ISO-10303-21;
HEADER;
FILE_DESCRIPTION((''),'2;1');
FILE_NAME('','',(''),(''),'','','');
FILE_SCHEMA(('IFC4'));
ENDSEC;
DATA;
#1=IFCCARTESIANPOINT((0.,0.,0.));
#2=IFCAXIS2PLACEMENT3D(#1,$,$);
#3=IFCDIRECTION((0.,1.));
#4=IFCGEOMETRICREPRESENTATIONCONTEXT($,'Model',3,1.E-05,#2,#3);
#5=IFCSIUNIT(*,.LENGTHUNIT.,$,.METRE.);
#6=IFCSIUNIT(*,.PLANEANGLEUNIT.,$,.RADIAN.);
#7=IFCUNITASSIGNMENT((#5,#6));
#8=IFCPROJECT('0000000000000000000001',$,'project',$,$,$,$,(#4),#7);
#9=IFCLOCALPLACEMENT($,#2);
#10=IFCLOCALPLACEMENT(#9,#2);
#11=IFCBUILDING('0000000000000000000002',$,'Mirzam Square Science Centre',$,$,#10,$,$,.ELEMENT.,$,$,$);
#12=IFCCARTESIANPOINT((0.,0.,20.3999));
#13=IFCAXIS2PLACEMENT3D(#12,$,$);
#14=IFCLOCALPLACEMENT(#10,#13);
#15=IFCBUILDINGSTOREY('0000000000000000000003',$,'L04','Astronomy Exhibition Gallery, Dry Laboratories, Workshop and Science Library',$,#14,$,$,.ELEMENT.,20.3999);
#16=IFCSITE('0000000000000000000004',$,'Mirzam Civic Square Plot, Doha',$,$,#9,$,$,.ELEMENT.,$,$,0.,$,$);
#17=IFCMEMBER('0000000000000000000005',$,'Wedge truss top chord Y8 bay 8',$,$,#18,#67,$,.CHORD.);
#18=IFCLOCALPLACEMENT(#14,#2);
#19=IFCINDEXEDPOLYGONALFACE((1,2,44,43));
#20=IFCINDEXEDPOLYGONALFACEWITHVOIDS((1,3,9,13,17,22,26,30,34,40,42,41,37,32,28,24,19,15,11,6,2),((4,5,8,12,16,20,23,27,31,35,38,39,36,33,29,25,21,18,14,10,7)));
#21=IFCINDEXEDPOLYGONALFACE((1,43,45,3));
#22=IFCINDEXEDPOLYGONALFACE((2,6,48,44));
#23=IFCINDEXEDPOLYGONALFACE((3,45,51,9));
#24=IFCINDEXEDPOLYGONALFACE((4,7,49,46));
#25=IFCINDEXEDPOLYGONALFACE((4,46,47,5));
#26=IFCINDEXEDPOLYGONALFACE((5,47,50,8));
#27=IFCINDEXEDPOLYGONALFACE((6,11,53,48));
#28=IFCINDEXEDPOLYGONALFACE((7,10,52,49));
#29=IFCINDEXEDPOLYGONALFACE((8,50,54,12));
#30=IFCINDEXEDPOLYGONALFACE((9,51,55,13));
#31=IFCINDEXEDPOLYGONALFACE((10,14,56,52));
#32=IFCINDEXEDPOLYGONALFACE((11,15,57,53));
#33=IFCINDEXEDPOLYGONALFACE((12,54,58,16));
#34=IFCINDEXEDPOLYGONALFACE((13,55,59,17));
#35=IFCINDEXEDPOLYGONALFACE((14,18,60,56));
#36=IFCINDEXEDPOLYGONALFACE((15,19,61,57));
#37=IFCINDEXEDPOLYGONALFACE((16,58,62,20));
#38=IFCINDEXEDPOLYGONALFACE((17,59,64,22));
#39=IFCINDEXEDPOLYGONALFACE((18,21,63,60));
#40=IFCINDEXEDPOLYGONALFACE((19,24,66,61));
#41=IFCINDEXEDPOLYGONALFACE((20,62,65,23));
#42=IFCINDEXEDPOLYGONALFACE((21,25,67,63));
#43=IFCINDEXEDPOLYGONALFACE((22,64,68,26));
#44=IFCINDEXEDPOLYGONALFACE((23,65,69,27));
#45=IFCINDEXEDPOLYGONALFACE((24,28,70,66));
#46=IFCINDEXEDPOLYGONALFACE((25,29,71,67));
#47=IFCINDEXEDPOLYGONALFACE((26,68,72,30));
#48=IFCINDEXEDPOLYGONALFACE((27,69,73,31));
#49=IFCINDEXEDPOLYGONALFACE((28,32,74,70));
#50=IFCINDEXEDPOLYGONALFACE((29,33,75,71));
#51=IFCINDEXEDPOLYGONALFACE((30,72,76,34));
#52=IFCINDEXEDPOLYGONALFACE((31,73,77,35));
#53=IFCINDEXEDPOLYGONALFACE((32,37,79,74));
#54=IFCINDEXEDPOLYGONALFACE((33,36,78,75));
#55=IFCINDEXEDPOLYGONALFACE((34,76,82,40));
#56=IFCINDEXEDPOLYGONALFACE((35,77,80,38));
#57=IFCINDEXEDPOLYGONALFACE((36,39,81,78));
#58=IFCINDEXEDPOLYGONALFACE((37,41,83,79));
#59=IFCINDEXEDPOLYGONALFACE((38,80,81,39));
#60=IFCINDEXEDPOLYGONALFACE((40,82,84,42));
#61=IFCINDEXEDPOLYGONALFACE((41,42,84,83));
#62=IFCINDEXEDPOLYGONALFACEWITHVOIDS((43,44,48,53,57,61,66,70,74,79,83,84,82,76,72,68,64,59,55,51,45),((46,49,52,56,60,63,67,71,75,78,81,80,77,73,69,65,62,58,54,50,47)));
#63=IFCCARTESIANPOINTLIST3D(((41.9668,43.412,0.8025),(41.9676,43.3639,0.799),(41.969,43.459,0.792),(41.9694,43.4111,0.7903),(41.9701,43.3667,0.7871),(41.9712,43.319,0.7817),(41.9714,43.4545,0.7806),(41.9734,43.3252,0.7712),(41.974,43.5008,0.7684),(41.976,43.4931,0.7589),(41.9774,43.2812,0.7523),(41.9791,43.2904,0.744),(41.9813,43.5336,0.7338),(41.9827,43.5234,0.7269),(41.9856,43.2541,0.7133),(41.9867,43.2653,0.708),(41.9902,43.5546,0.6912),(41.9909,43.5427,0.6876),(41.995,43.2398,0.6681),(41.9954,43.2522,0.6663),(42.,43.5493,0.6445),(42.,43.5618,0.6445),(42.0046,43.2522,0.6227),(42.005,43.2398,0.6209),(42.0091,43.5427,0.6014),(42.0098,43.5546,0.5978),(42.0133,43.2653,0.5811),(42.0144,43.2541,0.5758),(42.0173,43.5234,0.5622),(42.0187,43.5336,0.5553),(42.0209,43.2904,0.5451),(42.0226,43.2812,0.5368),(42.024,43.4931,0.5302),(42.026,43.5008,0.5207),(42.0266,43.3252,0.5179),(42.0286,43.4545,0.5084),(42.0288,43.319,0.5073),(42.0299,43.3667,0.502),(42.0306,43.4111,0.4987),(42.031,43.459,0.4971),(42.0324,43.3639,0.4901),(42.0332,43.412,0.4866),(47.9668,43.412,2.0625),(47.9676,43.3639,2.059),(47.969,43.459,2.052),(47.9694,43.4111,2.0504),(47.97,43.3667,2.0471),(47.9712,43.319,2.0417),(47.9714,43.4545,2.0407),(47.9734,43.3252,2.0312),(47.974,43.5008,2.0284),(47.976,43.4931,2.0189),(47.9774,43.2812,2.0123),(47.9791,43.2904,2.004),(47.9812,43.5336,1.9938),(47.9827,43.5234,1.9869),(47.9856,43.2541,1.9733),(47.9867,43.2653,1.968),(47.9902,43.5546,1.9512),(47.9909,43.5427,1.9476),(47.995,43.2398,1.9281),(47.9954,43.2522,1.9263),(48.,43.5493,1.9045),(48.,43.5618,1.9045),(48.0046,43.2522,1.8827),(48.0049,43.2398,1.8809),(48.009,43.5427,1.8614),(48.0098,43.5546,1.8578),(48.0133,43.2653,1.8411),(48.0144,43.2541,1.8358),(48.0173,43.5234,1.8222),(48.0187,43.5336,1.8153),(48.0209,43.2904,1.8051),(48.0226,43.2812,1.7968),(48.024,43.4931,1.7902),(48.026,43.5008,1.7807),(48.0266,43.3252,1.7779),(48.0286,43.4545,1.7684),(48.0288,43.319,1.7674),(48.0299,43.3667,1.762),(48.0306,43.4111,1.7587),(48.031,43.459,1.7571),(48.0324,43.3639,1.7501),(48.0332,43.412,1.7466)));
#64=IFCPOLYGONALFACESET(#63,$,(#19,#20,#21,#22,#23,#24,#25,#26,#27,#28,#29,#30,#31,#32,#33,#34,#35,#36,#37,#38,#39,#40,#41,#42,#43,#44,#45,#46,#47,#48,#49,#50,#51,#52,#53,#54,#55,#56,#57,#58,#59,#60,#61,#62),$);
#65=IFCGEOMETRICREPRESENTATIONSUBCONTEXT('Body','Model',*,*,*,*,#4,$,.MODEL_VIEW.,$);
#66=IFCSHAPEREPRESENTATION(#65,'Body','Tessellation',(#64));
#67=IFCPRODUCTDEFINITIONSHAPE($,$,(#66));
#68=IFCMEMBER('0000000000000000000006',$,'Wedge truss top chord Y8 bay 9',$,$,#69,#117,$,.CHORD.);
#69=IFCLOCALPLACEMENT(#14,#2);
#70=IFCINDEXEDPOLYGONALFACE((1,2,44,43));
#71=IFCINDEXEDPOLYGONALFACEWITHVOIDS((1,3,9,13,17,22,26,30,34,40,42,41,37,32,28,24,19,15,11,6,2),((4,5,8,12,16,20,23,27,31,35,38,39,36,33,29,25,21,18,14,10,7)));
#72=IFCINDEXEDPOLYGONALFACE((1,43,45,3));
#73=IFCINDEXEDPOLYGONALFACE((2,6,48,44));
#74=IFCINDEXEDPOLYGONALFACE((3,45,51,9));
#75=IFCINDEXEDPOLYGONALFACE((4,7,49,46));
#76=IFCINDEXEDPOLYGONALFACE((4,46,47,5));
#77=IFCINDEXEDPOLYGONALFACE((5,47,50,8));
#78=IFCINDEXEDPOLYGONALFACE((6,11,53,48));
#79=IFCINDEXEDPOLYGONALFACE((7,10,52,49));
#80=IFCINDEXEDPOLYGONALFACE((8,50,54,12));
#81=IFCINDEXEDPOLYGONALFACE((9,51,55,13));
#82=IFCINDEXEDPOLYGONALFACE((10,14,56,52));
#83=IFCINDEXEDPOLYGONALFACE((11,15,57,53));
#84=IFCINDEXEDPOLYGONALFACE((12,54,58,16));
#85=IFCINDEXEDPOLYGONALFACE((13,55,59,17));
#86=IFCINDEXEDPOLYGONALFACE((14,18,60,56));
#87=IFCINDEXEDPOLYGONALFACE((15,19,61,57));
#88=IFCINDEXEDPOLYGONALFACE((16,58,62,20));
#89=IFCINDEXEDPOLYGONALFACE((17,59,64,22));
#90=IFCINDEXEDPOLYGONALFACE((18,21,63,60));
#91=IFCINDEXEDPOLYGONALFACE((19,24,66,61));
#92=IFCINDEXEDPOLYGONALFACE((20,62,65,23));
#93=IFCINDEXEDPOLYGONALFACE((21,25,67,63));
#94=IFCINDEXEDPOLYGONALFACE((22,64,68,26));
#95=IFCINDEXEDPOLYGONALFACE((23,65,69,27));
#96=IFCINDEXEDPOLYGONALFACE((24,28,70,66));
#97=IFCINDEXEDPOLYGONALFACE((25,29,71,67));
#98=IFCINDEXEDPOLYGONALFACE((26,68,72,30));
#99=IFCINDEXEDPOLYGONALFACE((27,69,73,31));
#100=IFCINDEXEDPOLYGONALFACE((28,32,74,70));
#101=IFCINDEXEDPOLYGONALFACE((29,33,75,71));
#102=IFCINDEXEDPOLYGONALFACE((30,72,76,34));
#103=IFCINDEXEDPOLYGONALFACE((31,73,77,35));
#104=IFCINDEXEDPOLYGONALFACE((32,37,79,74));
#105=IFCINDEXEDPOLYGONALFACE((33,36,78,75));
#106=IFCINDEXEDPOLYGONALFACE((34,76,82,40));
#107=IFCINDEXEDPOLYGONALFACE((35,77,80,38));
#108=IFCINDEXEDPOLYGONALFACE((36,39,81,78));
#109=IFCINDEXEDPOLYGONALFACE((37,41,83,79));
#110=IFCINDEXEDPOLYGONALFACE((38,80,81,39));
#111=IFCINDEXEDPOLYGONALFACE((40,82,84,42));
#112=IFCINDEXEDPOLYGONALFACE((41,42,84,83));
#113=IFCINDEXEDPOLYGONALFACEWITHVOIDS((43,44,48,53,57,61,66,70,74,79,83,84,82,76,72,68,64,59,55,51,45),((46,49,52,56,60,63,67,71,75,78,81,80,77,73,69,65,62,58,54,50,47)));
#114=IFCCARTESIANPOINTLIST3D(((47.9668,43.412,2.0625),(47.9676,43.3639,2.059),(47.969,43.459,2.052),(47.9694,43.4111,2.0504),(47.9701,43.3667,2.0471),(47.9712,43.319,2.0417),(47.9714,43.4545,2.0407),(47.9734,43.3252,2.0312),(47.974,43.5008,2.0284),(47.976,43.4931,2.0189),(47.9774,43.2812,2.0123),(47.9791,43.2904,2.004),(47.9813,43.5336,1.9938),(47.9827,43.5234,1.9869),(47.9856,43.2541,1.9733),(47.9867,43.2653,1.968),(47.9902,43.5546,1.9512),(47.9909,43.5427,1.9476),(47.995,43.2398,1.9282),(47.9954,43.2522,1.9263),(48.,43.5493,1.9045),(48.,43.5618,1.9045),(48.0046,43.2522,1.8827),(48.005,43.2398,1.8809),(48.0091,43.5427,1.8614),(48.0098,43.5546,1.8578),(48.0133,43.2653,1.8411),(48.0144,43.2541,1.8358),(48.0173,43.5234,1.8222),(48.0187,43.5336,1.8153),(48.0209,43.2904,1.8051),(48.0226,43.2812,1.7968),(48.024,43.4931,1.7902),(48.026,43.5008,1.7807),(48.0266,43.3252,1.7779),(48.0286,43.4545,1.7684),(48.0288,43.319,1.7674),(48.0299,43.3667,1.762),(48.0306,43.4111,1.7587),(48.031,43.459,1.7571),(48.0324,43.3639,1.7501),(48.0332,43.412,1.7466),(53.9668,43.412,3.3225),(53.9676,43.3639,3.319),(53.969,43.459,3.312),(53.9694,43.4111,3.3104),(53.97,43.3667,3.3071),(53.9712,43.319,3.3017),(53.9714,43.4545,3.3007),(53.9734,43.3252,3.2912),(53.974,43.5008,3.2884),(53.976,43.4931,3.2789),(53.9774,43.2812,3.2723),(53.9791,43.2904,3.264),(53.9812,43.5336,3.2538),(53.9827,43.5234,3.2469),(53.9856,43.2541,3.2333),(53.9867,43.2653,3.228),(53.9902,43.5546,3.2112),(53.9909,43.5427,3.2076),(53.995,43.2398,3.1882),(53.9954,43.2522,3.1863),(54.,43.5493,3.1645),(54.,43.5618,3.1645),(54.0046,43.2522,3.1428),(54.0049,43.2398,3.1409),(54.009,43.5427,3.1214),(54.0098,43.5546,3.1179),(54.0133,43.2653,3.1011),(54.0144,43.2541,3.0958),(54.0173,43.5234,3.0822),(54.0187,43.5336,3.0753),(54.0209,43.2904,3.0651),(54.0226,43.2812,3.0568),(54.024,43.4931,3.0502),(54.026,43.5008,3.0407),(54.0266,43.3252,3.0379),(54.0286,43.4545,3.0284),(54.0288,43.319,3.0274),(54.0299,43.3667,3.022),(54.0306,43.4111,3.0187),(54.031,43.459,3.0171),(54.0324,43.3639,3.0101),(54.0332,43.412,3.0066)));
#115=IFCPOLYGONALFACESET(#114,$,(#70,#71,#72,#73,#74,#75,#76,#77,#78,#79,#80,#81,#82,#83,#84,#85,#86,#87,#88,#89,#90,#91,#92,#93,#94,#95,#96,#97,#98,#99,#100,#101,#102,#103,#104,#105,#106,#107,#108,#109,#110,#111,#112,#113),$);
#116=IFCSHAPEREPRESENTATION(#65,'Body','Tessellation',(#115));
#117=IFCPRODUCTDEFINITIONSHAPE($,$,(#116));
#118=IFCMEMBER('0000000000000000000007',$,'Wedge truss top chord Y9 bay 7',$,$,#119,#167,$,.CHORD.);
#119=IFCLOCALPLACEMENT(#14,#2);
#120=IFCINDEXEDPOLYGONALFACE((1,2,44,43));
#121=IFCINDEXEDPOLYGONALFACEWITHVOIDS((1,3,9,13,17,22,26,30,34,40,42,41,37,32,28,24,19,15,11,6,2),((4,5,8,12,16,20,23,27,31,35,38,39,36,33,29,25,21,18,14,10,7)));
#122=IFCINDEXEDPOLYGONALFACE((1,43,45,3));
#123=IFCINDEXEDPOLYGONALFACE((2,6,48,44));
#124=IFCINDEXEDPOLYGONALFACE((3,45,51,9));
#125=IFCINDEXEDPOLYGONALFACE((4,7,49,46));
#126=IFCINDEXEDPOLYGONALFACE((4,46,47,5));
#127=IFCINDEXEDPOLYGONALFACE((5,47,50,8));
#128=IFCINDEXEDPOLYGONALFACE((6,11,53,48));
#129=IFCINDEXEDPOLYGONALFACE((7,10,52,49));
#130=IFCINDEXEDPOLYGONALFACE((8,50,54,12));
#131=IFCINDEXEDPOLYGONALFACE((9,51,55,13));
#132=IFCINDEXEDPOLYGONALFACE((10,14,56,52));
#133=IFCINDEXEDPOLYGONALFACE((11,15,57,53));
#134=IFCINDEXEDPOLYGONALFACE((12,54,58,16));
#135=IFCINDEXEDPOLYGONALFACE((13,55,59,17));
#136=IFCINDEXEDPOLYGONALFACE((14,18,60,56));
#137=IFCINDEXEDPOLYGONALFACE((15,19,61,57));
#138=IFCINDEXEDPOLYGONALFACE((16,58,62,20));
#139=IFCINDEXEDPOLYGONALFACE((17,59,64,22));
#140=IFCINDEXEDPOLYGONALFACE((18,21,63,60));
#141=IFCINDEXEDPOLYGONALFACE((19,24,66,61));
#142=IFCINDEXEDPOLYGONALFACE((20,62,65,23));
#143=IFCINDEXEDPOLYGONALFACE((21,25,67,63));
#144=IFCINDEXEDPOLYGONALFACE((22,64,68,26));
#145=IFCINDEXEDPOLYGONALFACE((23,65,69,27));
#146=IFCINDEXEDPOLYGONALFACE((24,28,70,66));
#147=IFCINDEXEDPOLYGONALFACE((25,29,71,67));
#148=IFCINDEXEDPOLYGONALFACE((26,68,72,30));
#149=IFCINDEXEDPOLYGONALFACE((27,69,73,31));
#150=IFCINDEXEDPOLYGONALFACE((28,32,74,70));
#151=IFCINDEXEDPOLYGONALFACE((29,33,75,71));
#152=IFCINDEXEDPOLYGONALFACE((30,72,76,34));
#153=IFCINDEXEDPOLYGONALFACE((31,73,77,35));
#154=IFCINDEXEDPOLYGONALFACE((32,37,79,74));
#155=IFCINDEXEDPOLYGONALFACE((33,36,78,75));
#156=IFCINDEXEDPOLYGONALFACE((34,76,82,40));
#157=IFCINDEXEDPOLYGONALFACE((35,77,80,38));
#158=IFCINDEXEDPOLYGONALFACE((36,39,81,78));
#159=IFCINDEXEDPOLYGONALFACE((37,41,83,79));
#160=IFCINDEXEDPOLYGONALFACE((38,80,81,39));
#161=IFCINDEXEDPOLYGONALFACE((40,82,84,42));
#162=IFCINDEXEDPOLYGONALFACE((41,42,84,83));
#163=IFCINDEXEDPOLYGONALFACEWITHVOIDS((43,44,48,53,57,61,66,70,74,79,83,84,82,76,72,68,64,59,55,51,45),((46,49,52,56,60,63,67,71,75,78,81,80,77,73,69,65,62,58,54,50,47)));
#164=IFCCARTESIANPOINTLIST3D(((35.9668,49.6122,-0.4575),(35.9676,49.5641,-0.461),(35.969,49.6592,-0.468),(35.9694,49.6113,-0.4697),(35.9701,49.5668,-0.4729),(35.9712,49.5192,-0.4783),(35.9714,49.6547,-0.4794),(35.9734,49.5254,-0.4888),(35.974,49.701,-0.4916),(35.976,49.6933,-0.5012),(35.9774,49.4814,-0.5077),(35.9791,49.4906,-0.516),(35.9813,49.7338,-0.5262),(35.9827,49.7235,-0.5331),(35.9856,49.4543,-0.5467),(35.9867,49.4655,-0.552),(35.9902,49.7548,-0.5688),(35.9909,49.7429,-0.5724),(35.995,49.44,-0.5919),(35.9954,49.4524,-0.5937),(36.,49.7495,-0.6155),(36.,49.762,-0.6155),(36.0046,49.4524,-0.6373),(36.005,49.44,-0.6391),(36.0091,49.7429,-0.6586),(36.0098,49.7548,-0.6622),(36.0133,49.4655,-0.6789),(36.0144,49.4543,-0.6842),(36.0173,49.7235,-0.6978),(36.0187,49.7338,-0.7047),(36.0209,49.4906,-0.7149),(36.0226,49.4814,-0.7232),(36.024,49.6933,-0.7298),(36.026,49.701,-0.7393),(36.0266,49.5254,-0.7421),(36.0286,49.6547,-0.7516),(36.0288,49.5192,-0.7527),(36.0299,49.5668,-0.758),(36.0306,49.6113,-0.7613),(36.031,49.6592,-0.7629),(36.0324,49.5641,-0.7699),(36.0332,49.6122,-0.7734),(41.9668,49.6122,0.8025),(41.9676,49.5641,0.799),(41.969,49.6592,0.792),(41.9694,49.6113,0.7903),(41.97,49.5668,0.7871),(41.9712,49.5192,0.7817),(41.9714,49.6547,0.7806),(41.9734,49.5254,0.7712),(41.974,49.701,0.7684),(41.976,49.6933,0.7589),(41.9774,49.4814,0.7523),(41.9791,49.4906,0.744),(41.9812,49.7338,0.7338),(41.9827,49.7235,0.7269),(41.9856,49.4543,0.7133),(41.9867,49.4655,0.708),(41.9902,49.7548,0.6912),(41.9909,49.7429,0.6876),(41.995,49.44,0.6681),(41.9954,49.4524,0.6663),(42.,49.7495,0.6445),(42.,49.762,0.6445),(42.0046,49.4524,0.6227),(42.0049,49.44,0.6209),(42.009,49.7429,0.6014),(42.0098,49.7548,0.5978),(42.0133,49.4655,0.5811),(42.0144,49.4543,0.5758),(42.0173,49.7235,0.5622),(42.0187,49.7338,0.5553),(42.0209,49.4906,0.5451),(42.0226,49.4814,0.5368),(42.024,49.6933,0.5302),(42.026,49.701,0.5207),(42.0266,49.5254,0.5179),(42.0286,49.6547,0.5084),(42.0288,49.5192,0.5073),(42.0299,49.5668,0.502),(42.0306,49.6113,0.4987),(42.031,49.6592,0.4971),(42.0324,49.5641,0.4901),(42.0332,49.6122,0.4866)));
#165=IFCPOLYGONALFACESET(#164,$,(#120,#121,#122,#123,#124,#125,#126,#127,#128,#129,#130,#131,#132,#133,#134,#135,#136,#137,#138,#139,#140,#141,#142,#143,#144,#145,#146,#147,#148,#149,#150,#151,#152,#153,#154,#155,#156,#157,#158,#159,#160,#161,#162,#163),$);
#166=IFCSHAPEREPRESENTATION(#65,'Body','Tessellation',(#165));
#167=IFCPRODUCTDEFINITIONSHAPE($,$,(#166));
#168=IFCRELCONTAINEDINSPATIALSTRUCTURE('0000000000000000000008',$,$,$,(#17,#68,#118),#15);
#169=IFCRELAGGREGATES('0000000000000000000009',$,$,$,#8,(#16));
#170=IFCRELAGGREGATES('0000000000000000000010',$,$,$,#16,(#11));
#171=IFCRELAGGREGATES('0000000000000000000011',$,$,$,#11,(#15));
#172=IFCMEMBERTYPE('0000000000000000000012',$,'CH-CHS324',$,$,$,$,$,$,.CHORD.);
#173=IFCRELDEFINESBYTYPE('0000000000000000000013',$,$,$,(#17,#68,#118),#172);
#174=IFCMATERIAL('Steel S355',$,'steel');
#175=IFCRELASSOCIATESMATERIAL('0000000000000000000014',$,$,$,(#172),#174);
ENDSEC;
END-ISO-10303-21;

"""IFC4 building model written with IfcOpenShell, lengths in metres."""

from ifc_helpers import new_model, si_unit, direction, frame, origin, origin_2d, place, context, subcontext, project, spatial, hollow_circle, extrude, material, material_profile, profile_set, type_object, element, save


model = new_model("IFC4")

# Units and contexts
model_context = context("Model", 3, precision=1e-05, world=origin(), true_north=direction((0.0, 1.0)))
body_context = subcontext(model_context, "Body", "Model", "MODEL_VIEW")
ifc_project = project(units=[si_unit("LENGTHUNIT", "METRE"), si_unit("PLANEANGLEUNIT", "RADIAN")], contexts=[model_context])

# Site, building, storey
site_placement = place(None, origin())
site = spatial("IfcSite", under=ifc_project, at=site_placement, Name="Mirzam Civic Square Plot, Doha", CompositionType="ELEMENT", RefElevation=0.0)
building_placement = place(site_placement, origin())
building = spatial("IfcBuilding", under=site, at=building_placement, Name="Mirzam Square Science Centre", CompositionType="ELEMENT")
storey_placement = place(building_placement, frame((0.0, 0.0, 20.3999)))
storey = spatial("IfcBuildingStorey", under=building, at=storey_placement, Name="L04", Description="Astronomy Exhibition Gallery, Dry Laboratories, Workshop and Science Library", CompositionType="ELEMENT", Elevation=20.3999)

# Members
ifc_material_1 = material(Name="Steel S355", Category="steel")
ifc_material_profile_1 = material_profile(ifc_material_1, hollow_circle(Radius=0.1619, WallThickness=0.0125, at=origin_2d()), Name="323.9x12.5CHS")
ifc_profile_set_1 = profile_set([ifc_material_profile_1], Name="Steel S355")
member_type_1 = type_object("IfcMemberType", Name="CH-CHS324", PredefinedType="CHORD", material=ifc_profile_set_1)
for number, where, z_axis, x_axis, name in (
    (1, (42.0, 43.3999, 0.6445), (0.978653, 0.0, 0.205519), (0.0, 1.0, 0.0), "Wedge truss top chord Y8 bay 8"),
    (2, (48.0, 43.3999, 1.9045), (0.978653, 0.0, 0.205519), (0.0, 1.0, 0.0), "Wedge truss top chord Y8 bay 9"),
    (3, (36.0, 49.6001, -0.6155), (0.978653, 0.0, 0.205519), (0.0, 1.0, 0.0), "Wedge truss top chord Y9 bay 7"),
):
    element("IfcMember", number, at=place(storey_placement, frame(where, z_axis=z_axis, x_axis=x_axis)), inside=storey, type_object=member_type_1, Name=name, PredefinedType="CHORD", context=body_context, shape_type="SweptSolid", body=[
        extrude(hollow_circle(Radius=0.1619, WallThickness=0.0125, at=origin_2d()), origin(), (0.0, 0.0, 1.0), 6.1309),
    ])

save(model, "model.ifc")
